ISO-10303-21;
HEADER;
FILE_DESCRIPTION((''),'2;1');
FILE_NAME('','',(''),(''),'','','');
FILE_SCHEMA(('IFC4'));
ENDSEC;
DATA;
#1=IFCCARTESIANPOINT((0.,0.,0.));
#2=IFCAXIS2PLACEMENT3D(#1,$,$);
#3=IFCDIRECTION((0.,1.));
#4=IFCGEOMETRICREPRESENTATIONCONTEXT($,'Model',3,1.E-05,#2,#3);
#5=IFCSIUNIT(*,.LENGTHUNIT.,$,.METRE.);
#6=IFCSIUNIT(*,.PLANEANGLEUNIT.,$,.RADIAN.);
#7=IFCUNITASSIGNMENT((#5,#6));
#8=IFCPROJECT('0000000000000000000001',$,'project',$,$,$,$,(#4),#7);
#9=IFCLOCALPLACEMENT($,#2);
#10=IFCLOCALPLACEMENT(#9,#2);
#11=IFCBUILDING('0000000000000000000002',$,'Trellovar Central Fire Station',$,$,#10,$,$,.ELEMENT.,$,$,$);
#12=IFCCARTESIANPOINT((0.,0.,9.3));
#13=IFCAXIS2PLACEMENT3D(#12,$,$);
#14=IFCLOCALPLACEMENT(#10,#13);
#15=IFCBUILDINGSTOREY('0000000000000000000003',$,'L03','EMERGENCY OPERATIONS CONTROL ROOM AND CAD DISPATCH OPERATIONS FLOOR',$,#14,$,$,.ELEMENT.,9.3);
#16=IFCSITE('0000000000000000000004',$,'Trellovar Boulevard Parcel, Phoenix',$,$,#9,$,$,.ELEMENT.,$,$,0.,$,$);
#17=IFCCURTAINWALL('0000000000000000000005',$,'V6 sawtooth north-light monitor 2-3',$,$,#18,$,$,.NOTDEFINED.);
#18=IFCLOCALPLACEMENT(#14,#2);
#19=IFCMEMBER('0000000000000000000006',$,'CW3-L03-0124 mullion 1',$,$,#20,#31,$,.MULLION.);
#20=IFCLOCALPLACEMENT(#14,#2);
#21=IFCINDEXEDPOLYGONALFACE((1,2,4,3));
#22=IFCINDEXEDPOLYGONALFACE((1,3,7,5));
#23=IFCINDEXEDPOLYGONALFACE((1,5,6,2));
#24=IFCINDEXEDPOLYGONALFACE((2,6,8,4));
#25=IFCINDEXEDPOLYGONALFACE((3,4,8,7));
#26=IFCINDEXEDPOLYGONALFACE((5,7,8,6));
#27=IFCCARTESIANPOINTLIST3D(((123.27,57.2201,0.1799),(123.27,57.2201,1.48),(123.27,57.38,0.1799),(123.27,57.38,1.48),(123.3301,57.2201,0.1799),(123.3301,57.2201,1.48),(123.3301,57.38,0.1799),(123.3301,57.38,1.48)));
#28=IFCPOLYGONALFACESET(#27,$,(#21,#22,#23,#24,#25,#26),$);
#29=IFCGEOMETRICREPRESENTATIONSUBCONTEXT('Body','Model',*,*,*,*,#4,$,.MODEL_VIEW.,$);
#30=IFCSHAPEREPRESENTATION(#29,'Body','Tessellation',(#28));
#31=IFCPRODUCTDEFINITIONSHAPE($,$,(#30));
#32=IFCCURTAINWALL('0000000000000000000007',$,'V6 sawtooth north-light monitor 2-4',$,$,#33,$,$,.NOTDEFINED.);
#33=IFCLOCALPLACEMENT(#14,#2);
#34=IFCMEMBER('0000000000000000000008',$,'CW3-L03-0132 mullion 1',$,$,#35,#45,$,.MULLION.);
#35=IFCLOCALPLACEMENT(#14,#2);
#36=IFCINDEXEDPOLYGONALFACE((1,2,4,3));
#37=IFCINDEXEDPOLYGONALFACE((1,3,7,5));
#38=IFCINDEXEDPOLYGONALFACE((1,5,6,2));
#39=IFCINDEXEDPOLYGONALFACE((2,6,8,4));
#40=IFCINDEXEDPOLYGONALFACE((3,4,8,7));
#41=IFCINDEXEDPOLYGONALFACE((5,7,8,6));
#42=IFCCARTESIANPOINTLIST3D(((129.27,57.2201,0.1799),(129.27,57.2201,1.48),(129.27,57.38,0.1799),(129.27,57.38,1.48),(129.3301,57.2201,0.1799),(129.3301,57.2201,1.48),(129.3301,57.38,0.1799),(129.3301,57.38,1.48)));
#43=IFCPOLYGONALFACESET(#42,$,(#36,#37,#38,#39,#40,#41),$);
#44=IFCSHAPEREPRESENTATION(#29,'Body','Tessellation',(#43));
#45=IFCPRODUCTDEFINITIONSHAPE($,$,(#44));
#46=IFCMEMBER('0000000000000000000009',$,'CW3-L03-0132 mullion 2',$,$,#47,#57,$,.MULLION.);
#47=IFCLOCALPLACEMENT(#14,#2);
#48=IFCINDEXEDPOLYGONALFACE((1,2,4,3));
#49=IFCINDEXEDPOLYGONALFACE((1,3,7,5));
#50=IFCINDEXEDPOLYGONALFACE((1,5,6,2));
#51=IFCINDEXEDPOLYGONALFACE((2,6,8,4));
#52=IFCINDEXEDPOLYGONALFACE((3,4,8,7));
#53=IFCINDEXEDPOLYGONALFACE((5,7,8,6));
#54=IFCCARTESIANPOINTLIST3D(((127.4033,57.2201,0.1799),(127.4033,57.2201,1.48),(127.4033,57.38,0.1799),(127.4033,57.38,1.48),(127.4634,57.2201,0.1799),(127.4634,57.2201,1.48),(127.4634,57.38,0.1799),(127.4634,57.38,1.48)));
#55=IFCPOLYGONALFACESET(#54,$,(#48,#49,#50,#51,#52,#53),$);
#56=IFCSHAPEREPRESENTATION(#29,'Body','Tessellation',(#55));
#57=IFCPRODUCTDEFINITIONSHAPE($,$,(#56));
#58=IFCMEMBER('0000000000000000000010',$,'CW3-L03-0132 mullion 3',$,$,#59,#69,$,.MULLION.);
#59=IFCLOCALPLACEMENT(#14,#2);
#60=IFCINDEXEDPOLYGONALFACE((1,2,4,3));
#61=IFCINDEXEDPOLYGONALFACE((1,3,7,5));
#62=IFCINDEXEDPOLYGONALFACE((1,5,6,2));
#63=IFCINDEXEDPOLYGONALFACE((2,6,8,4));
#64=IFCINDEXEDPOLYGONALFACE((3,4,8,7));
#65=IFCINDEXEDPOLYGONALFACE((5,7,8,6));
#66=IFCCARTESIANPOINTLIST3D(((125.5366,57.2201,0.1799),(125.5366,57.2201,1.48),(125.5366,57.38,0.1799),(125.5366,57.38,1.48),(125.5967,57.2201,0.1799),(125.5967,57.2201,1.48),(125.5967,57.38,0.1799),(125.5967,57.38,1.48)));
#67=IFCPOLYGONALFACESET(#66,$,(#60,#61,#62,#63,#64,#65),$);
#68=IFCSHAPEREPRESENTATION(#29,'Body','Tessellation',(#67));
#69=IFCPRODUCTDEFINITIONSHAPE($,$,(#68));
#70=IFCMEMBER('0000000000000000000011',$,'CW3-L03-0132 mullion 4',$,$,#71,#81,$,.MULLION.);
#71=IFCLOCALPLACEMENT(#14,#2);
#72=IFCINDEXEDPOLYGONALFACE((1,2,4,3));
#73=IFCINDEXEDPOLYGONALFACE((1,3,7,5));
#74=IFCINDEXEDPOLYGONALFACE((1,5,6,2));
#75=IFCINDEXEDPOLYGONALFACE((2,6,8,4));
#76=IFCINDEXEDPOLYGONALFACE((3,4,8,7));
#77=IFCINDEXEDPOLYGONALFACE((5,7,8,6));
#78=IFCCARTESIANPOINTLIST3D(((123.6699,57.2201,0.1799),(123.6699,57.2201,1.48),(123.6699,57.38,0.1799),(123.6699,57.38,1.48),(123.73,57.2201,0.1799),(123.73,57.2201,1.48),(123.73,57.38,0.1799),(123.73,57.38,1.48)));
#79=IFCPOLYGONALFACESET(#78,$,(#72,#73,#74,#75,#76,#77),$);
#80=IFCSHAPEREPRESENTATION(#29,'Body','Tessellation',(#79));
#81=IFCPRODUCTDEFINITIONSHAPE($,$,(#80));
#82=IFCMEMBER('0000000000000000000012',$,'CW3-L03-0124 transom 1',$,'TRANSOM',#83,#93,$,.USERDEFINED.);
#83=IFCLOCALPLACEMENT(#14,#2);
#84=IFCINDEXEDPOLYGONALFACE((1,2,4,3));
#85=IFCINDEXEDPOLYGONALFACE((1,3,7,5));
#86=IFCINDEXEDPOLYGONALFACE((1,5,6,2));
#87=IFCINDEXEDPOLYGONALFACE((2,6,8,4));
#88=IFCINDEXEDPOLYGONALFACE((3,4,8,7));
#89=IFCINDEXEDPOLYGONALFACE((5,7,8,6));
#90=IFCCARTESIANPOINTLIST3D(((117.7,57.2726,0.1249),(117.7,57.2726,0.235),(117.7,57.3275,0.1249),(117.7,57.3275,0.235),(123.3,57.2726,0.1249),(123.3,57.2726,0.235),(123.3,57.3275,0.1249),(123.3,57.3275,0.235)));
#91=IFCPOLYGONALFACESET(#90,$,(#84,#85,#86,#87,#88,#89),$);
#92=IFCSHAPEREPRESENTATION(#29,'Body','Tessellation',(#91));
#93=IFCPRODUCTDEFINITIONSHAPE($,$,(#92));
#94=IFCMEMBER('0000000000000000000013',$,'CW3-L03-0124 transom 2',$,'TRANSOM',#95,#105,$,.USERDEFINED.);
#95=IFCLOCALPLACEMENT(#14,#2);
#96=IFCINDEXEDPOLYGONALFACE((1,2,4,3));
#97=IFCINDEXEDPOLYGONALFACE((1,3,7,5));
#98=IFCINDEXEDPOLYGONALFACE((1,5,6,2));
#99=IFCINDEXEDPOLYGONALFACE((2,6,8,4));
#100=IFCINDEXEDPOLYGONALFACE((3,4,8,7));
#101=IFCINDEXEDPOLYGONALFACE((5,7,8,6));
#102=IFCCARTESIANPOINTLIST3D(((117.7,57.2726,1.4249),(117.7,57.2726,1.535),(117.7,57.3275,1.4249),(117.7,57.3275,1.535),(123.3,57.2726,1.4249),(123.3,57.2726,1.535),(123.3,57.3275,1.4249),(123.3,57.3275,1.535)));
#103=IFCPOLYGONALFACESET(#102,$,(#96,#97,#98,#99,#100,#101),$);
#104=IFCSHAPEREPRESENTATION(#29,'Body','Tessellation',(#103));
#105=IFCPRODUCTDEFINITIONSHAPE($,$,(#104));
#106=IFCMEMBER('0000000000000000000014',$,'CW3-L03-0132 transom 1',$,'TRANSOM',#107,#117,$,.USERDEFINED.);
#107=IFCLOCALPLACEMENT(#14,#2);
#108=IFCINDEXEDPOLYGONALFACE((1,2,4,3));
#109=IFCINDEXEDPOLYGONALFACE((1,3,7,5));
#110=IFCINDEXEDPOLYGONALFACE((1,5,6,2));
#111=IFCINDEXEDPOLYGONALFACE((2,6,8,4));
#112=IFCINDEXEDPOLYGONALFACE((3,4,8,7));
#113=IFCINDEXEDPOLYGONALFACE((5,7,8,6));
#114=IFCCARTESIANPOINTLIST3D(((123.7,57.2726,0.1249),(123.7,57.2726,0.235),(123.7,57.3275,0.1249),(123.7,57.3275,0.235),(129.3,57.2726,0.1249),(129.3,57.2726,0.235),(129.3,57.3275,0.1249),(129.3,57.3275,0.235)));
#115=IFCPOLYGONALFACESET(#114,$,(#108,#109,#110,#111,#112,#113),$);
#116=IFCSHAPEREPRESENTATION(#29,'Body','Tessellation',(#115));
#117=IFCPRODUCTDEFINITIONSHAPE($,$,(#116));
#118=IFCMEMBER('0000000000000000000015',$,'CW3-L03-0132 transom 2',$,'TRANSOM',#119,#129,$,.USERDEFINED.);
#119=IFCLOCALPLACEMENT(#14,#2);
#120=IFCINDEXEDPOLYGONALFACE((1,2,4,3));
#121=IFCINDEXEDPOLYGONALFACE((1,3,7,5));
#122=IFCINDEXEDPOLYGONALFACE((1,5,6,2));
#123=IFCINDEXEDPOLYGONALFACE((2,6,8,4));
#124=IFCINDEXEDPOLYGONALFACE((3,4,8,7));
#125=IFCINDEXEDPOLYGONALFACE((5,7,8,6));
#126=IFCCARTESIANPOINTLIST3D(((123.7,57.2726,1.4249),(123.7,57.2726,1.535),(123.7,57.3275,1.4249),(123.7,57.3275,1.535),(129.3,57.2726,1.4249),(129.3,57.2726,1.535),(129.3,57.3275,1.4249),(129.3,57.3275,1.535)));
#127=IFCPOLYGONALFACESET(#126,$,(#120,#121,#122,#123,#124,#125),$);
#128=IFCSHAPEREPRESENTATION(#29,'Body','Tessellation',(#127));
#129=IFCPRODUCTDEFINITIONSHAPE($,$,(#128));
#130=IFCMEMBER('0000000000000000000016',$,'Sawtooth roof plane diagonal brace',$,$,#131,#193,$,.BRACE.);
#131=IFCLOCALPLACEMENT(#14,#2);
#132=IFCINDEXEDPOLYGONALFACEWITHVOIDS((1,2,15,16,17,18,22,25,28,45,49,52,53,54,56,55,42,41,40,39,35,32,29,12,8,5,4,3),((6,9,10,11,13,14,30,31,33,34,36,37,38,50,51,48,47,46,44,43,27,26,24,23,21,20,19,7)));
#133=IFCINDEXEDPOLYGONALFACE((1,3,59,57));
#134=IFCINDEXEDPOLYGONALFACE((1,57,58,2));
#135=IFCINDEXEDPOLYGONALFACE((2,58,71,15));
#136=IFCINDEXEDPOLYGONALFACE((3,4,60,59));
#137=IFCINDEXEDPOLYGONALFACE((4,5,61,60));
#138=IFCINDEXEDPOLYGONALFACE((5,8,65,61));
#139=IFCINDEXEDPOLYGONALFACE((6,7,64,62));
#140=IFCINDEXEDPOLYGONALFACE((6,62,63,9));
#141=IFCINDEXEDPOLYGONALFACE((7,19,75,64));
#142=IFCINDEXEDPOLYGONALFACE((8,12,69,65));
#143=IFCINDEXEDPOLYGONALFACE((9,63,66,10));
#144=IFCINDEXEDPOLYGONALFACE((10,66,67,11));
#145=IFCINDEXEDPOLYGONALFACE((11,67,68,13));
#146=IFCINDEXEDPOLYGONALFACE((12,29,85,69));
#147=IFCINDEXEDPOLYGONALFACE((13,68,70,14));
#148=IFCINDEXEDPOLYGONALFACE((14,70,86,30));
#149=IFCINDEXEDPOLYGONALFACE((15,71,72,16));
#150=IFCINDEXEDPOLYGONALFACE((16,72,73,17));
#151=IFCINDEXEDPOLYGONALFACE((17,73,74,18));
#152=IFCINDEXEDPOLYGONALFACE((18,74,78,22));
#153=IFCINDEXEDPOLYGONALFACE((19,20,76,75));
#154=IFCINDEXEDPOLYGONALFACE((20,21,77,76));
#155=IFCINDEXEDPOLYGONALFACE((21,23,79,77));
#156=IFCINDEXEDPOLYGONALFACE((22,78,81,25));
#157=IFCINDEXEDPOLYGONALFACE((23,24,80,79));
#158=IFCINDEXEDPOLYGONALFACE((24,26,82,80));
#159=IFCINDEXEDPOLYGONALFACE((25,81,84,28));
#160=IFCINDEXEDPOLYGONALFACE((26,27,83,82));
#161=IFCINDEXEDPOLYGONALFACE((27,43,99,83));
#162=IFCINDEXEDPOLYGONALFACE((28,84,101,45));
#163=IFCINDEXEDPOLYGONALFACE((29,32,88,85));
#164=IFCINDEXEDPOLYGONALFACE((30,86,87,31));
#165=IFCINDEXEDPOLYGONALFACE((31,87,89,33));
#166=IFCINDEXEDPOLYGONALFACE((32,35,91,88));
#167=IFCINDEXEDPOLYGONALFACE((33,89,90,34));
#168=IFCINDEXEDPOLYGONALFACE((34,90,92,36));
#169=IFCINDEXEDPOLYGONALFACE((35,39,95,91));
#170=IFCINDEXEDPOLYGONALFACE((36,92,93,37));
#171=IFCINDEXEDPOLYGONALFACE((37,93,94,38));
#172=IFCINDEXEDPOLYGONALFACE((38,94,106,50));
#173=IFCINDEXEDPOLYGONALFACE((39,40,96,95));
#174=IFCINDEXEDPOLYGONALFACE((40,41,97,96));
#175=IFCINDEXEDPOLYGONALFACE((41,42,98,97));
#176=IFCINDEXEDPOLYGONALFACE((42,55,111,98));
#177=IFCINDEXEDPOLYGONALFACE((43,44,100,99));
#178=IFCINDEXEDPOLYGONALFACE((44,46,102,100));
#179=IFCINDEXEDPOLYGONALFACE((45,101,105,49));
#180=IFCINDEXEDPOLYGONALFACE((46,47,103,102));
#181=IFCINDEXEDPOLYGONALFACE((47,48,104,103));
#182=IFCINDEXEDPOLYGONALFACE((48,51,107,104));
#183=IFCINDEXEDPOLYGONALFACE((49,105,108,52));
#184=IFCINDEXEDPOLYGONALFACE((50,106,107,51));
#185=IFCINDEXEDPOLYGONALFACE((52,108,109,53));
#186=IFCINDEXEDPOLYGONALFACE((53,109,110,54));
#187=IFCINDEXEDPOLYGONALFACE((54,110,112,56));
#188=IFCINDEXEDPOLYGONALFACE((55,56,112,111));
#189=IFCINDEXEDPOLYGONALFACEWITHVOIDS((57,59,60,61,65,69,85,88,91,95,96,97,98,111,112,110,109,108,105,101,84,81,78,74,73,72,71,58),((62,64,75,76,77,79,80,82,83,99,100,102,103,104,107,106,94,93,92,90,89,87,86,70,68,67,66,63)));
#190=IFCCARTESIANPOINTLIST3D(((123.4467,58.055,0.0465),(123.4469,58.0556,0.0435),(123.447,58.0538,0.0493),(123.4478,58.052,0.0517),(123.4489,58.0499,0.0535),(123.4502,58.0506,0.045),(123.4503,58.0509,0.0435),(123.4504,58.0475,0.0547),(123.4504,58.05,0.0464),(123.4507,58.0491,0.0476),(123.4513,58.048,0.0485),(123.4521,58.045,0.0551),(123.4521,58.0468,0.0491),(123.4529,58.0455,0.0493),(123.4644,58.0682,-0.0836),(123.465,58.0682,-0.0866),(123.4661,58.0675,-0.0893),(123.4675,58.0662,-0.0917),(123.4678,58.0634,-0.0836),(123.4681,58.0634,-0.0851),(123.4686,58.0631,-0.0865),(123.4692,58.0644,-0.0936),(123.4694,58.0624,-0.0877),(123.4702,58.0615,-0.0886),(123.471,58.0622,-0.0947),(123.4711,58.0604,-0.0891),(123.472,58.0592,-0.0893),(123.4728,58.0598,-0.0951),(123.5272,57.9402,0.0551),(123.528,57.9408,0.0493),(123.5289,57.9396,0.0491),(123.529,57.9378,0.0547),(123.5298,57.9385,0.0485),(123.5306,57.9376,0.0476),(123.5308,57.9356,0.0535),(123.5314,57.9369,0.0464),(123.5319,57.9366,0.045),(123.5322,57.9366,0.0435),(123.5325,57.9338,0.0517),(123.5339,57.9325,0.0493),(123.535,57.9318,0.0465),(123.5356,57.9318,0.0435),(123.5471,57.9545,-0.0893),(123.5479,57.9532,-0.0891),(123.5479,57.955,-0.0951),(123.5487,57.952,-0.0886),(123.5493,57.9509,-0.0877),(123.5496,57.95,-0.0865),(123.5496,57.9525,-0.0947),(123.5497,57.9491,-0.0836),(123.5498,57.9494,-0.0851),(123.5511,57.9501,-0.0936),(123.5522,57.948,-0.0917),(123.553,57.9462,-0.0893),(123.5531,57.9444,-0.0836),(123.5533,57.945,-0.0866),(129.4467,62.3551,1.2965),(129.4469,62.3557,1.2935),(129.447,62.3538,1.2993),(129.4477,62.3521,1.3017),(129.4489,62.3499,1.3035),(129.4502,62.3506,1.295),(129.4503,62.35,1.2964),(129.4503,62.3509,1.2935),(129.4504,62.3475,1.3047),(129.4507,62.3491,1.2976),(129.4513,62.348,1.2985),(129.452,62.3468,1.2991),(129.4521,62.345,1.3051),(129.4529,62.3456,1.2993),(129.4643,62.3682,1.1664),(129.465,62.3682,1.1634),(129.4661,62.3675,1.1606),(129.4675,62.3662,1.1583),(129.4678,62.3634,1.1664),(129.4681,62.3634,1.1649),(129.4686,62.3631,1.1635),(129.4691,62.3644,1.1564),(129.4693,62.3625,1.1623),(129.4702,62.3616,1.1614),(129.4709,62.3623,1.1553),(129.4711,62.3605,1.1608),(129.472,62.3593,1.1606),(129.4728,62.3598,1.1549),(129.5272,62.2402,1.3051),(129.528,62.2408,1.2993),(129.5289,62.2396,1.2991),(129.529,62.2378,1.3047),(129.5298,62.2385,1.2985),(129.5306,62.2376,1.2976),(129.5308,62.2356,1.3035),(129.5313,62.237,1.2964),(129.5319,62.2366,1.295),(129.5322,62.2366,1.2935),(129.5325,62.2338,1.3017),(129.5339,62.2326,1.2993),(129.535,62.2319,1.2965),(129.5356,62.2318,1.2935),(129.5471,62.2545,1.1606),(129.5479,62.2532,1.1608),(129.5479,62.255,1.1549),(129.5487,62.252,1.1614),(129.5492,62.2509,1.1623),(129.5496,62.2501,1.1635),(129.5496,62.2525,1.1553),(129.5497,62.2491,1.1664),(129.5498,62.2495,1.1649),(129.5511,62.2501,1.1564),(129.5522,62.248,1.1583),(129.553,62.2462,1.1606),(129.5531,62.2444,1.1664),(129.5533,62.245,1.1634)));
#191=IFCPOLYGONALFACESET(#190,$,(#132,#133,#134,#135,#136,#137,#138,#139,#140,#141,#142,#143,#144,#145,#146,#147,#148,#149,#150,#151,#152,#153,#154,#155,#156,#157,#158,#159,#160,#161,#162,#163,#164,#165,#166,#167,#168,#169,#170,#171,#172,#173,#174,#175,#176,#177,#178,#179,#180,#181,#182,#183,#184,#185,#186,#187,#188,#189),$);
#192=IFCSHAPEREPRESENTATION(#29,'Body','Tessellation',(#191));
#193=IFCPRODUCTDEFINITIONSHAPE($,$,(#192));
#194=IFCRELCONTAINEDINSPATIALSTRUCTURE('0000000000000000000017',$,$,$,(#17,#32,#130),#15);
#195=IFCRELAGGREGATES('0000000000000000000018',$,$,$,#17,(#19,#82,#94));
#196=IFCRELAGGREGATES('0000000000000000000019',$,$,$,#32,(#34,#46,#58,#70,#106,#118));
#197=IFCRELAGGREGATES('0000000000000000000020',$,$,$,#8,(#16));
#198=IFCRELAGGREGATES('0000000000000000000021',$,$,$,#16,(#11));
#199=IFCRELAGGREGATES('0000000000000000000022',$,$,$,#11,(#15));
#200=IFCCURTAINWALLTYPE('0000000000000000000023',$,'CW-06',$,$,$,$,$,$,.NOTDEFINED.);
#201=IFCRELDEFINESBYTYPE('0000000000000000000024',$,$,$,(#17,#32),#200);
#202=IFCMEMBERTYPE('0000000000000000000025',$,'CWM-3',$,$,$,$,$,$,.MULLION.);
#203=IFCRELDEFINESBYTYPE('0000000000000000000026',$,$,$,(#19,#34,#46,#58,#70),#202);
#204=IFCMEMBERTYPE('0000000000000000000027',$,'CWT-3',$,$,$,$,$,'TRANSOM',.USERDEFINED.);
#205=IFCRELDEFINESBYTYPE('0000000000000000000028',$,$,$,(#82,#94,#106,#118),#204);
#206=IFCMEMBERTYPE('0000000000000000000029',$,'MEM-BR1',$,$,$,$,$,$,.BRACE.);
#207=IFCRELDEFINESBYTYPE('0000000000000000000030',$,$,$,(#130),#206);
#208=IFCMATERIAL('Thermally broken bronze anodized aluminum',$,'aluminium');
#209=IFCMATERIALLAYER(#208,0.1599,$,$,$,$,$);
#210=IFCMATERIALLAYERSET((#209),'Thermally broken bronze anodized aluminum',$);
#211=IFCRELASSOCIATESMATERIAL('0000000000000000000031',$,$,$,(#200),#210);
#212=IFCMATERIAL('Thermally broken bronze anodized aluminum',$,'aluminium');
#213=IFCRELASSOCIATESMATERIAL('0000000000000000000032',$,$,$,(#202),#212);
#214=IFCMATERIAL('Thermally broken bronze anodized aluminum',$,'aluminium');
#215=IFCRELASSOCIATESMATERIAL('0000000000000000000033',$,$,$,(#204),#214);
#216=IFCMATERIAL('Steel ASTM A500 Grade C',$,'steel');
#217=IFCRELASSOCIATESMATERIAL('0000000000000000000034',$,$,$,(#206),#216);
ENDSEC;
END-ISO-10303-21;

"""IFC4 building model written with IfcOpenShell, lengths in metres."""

from ifc_helpers import new_model, si_unit, direction, frame, origin, origin_2d, place, context, subcontext, project, spatial, rectangle, hollow_rectangle, extrude, material, layer, layer_set, material_profile, profile_set, type_object, element, aggregate, save


model = new_model("IFC4")

# Units and contexts
model_context = context("Model", 3, precision=1e-05, world=origin(), true_north=direction((0.0, 1.0)))
body_context = subcontext(model_context, "Body", "Model", "MODEL_VIEW")
ifc_project = project(units=[si_unit("LENGTHUNIT", "METRE"), si_unit("PLANEANGLEUNIT", "RADIAN")], contexts=[model_context])

# Site, building, storey
site_placement = place(None, origin())
site = spatial("IfcSite", under=ifc_project, at=site_placement, Name="Trellovar Boulevard Parcel, Phoenix", CompositionType="ELEMENT", RefElevation=0.0)
building_placement = place(site_placement, origin())
building = spatial("IfcBuilding", under=site, at=building_placement, Name="Trellovar Central Fire Station", CompositionType="ELEMENT")
storey_placement = place(building_placement, frame((0.0, 0.0, 9.3)))
storey = spatial("IfcBuildingStorey", under=building, at=storey_placement, Name="L03", Description="EMERGENCY OPERATIONS CONTROL ROOM AND CAD DISPATCH OPERATIONS FLOOR", CompositionType="ELEMENT", Elevation=9.3)

# Curtain wall, member
ifc_material_1 = material(Name="Thermally broken bronze anodized aluminum", Category="aluminium")
ifc_layer_1 = layer(ifc_material_1, 0.1599)
ifc_layer_set_1 = layer_set([ifc_layer_1], Name="Thermally broken bronze anodized aluminum")
curtain_wall_type = type_object("IfcCurtainWallType", Name="CW-06", PredefinedType="NOTDEFINED", material=ifc_layer_set_1)
curtain_wall_1_placement = place(storey_placement, origin())
curtain_wall_1 = element("IfcCurtainWall", 1, at=curtain_wall_1_placement, inside=storey, type_object=curtain_wall_type, Name="V6 sawtooth north-light monitor 2-3", PredefinedType="NOTDEFINED")
ifc_material_2 = material(Name="Thermally broken bronze anodized aluminum", Category="aluminium")
ifc_material_profile_1 = material_profile(ifc_material_2, rectangle(XDim=0.0601, YDim=0.1599, at=origin_2d()), Name="ALU60X160")
ifc_profile_set_1 = profile_set([ifc_material_profile_1], Name="Thermally broken bronze anodized aluminum")
member_type_1 = type_object("IfcMemberType", Name="CWM-3", PredefinedType="MULLION", material=ifc_profile_set_1)
member_1_placement = place(storey_placement, frame((123.3, 57.3, 0.1799), z_axis=(0.0, 0.0, 1.0), x_axis=(1.0, 0.0, 0.0)))
member_1 = element("IfcMember", 2, at=member_1_placement, type_object=member_type_1, Name="CW3-L03-0124 mullion 1", PredefinedType="MULLION", context=body_context, shape_type="SweptSolid", body=[
    extrude(rectangle(XDim=0.0601, YDim=0.1599, at=origin_2d()), origin(), (0.0, 0.0, 1.0), 1.3),
])

# Curtain wall, members
curtain_wall_2_placement = place(storey_placement, origin())
curtain_wall_2 = element("IfcCurtainWall", 3, at=curtain_wall_2_placement, inside=storey, type_object=curtain_wall_type, Name="V6 sawtooth north-light monitor 2-4", PredefinedType="NOTDEFINED")
member_2_placement = place(storey_placement, frame((129.3, 57.3, 0.1799), z_axis=(0.0, 0.0, 1.0), x_axis=(1.0, 0.0, 0.0)))
member_2 = element("IfcMember", 4, at=member_2_placement, type_object=member_type_1, Name="CW3-L03-0132 mullion 1", PredefinedType="MULLION", context=body_context, shape_type="SweptSolid", body=[
    extrude(rectangle(XDim=0.0601, YDim=0.1599, at=origin_2d()), origin(), (0.0, 0.0, 1.0), 1.3),
])
member_3_placement = place(storey_placement, frame((127.4333, 57.3, 0.1799), z_axis=(0.0, 0.0, 1.0), x_axis=(1.0, 0.0, 0.0)))
member_3 = element("IfcMember", 5, at=member_3_placement, type_object=member_type_1, Name="CW3-L03-0132 mullion 2", PredefinedType="MULLION", context=body_context, shape_type="SweptSolid", body=[
    extrude(rectangle(XDim=0.0601, YDim=0.1599, at=origin_2d()), origin(), (0.0, 0.0, 1.0), 1.3),
])
member_4_placement = place(storey_placement, frame((125.5667, 57.3, 0.1799), z_axis=(0.0, 0.0, 1.0), x_axis=(1.0, 0.0, 0.0)))
member_4 = element("IfcMember", 6, at=member_4_placement, type_object=member_type_1, Name="CW3-L03-0132 mullion 3", PredefinedType="MULLION", context=body_context, shape_type="SweptSolid", body=[
    extrude(rectangle(XDim=0.0601, YDim=0.1599, at=origin_2d()), origin(), (0.0, 0.0, 1.0), 1.3),
])
member_5_placement = place(storey_placement, frame((123.7, 57.3, 0.1799), z_axis=(0.0, 0.0, 1.0), x_axis=(1.0, 0.0, 0.0)))
member_5 = element("IfcMember", 7, at=member_5_placement, type_object=member_type_1, Name="CW3-L03-0132 mullion 4", PredefinedType="MULLION", context=body_context, shape_type="SweptSolid", body=[
    extrude(rectangle(XDim=0.0601, YDim=0.1599, at=origin_2d()), origin(), (0.0, 0.0, 1.0), 1.3),
])

# Members
ifc_material_3 = material(Name="Thermally broken bronze anodized aluminum", Category="aluminium")
ifc_material_profile_2 = material_profile(ifc_material_3, rectangle(XDim=0.0549, YDim=0.1101, at=origin_2d()), Name="ALU55X110")
ifc_profile_set_2 = profile_set([ifc_material_profile_2], Name="Thermally broken bronze anodized aluminum")
member_type_2 = type_object("IfcMemberType", Name="CWT-3", ElementType="TRANSOM", PredefinedType="USERDEFINED", material=ifc_profile_set_2)
member_6_placement = place(storey_placement, frame((123.3, 57.3, 0.1799), z_axis=(-1.0, 0.0, 0.0), x_axis=(0.0, -1.0, 0.0)))
member_6 = element("IfcMember", 8, at=member_6_placement, type_object=member_type_2, Name="CW3-L03-0124 transom 1", ObjectType="TRANSOM", PredefinedType="USERDEFINED", context=body_context, shape_type="SweptSolid", body=[
    extrude(rectangle(XDim=0.0549, YDim=0.1101, at=origin_2d()), origin(), (0.0, 0.0, 1.0), 5.6001),
])
member_7_placement = place(storey_placement, frame((123.3, 57.3, 1.48), z_axis=(-1.0, 0.0, 0.0), x_axis=(0.0, -1.0, 0.0)))
member_7 = element("IfcMember", 9, at=member_7_placement, type_object=member_type_2, Name="CW3-L03-0124 transom 2", ObjectType="TRANSOM", PredefinedType="USERDEFINED", context=body_context, shape_type="SweptSolid", body=[
    extrude(rectangle(XDim=0.0549, YDim=0.1101, at=origin_2d()), origin(), (0.0, 0.0, 1.0), 5.6001),
])
member_8_placement = place(storey_placement, frame((129.3, 57.3, 0.1799), z_axis=(-1.0, 0.0, 0.0), x_axis=(0.0, -1.0, 0.0)))
member_8 = element("IfcMember", 10, at=member_8_placement, type_object=member_type_2, Name="CW3-L03-0132 transom 1", ObjectType="TRANSOM", PredefinedType="USERDEFINED", context=body_context, shape_type="SweptSolid", body=[
    extrude(rectangle(XDim=0.0549, YDim=0.1101, at=origin_2d()), origin(), (0.0, 0.0, 1.0), 5.6001),
])
member_9_placement = place(storey_placement, frame((129.3, 57.3, 1.48), z_axis=(-1.0, 0.0, 0.0), x_axis=(0.0, -1.0, 0.0)))
member_9 = element("IfcMember", 11, at=member_9_placement, type_object=member_type_2, Name="CW3-L03-0132 transom 2", ObjectType="TRANSOM", PredefinedType="USERDEFINED", context=body_context, shape_type="SweptSolid", body=[
    extrude(rectangle(XDim=0.0549, YDim=0.1101, at=origin_2d()), origin(), (0.0, 0.0, 1.0), 5.6001),
])

# Member
ifc_material_4 = material(Name="Steel ASTM A500 Grade C", Category="steel")
ifc_material_profile_3 = material_profile(ifc_material_4, hollow_rectangle(XDim=0.1523, YDim=0.1523, WallThickness=0.0059, InnerFilletRadius=0.0059, OuterFilletRadius=0.0117, at=origin_2d()), Name="HSS6X6X1/4")
ifc_profile_set_3 = profile_set([ifc_material_profile_3], Name="Steel ASTM A500 Grade C")
member_type_3 = type_object("IfcMemberType", Name="MEM-BR1", PredefinedType="BRACE", material=ifc_profile_set_3)
member_10_placement = place(storey_placement, frame((123.5, 58.0, -0.02), z_axis=(0.801405, 0.574347, 0.166959), x_axis=(-0.582523, 0.812814, 0.0)))
element("IfcMember", 12, at=member_10_placement, inside=storey, type_object=member_type_3, Name="Sawtooth roof plane diagonal brace", PredefinedType="BRACE", context=body_context, shape_type="SweptSolid", body=[
    extrude(hollow_rectangle(XDim=0.1523, YDim=0.1523, WallThickness=0.0059, InnerFilletRadius=0.0059, OuterFilletRadius=0.0117, at=origin_2d()), origin(), (0.0, 0.0, 1.0), 7.4868),
])

aggregate(curtain_wall_1, [member_1, member_6, member_7])
aggregate(curtain_wall_2, [member_2, member_3, member_4, member_5, member_8, member_9])

save(model, "model.ifc")
